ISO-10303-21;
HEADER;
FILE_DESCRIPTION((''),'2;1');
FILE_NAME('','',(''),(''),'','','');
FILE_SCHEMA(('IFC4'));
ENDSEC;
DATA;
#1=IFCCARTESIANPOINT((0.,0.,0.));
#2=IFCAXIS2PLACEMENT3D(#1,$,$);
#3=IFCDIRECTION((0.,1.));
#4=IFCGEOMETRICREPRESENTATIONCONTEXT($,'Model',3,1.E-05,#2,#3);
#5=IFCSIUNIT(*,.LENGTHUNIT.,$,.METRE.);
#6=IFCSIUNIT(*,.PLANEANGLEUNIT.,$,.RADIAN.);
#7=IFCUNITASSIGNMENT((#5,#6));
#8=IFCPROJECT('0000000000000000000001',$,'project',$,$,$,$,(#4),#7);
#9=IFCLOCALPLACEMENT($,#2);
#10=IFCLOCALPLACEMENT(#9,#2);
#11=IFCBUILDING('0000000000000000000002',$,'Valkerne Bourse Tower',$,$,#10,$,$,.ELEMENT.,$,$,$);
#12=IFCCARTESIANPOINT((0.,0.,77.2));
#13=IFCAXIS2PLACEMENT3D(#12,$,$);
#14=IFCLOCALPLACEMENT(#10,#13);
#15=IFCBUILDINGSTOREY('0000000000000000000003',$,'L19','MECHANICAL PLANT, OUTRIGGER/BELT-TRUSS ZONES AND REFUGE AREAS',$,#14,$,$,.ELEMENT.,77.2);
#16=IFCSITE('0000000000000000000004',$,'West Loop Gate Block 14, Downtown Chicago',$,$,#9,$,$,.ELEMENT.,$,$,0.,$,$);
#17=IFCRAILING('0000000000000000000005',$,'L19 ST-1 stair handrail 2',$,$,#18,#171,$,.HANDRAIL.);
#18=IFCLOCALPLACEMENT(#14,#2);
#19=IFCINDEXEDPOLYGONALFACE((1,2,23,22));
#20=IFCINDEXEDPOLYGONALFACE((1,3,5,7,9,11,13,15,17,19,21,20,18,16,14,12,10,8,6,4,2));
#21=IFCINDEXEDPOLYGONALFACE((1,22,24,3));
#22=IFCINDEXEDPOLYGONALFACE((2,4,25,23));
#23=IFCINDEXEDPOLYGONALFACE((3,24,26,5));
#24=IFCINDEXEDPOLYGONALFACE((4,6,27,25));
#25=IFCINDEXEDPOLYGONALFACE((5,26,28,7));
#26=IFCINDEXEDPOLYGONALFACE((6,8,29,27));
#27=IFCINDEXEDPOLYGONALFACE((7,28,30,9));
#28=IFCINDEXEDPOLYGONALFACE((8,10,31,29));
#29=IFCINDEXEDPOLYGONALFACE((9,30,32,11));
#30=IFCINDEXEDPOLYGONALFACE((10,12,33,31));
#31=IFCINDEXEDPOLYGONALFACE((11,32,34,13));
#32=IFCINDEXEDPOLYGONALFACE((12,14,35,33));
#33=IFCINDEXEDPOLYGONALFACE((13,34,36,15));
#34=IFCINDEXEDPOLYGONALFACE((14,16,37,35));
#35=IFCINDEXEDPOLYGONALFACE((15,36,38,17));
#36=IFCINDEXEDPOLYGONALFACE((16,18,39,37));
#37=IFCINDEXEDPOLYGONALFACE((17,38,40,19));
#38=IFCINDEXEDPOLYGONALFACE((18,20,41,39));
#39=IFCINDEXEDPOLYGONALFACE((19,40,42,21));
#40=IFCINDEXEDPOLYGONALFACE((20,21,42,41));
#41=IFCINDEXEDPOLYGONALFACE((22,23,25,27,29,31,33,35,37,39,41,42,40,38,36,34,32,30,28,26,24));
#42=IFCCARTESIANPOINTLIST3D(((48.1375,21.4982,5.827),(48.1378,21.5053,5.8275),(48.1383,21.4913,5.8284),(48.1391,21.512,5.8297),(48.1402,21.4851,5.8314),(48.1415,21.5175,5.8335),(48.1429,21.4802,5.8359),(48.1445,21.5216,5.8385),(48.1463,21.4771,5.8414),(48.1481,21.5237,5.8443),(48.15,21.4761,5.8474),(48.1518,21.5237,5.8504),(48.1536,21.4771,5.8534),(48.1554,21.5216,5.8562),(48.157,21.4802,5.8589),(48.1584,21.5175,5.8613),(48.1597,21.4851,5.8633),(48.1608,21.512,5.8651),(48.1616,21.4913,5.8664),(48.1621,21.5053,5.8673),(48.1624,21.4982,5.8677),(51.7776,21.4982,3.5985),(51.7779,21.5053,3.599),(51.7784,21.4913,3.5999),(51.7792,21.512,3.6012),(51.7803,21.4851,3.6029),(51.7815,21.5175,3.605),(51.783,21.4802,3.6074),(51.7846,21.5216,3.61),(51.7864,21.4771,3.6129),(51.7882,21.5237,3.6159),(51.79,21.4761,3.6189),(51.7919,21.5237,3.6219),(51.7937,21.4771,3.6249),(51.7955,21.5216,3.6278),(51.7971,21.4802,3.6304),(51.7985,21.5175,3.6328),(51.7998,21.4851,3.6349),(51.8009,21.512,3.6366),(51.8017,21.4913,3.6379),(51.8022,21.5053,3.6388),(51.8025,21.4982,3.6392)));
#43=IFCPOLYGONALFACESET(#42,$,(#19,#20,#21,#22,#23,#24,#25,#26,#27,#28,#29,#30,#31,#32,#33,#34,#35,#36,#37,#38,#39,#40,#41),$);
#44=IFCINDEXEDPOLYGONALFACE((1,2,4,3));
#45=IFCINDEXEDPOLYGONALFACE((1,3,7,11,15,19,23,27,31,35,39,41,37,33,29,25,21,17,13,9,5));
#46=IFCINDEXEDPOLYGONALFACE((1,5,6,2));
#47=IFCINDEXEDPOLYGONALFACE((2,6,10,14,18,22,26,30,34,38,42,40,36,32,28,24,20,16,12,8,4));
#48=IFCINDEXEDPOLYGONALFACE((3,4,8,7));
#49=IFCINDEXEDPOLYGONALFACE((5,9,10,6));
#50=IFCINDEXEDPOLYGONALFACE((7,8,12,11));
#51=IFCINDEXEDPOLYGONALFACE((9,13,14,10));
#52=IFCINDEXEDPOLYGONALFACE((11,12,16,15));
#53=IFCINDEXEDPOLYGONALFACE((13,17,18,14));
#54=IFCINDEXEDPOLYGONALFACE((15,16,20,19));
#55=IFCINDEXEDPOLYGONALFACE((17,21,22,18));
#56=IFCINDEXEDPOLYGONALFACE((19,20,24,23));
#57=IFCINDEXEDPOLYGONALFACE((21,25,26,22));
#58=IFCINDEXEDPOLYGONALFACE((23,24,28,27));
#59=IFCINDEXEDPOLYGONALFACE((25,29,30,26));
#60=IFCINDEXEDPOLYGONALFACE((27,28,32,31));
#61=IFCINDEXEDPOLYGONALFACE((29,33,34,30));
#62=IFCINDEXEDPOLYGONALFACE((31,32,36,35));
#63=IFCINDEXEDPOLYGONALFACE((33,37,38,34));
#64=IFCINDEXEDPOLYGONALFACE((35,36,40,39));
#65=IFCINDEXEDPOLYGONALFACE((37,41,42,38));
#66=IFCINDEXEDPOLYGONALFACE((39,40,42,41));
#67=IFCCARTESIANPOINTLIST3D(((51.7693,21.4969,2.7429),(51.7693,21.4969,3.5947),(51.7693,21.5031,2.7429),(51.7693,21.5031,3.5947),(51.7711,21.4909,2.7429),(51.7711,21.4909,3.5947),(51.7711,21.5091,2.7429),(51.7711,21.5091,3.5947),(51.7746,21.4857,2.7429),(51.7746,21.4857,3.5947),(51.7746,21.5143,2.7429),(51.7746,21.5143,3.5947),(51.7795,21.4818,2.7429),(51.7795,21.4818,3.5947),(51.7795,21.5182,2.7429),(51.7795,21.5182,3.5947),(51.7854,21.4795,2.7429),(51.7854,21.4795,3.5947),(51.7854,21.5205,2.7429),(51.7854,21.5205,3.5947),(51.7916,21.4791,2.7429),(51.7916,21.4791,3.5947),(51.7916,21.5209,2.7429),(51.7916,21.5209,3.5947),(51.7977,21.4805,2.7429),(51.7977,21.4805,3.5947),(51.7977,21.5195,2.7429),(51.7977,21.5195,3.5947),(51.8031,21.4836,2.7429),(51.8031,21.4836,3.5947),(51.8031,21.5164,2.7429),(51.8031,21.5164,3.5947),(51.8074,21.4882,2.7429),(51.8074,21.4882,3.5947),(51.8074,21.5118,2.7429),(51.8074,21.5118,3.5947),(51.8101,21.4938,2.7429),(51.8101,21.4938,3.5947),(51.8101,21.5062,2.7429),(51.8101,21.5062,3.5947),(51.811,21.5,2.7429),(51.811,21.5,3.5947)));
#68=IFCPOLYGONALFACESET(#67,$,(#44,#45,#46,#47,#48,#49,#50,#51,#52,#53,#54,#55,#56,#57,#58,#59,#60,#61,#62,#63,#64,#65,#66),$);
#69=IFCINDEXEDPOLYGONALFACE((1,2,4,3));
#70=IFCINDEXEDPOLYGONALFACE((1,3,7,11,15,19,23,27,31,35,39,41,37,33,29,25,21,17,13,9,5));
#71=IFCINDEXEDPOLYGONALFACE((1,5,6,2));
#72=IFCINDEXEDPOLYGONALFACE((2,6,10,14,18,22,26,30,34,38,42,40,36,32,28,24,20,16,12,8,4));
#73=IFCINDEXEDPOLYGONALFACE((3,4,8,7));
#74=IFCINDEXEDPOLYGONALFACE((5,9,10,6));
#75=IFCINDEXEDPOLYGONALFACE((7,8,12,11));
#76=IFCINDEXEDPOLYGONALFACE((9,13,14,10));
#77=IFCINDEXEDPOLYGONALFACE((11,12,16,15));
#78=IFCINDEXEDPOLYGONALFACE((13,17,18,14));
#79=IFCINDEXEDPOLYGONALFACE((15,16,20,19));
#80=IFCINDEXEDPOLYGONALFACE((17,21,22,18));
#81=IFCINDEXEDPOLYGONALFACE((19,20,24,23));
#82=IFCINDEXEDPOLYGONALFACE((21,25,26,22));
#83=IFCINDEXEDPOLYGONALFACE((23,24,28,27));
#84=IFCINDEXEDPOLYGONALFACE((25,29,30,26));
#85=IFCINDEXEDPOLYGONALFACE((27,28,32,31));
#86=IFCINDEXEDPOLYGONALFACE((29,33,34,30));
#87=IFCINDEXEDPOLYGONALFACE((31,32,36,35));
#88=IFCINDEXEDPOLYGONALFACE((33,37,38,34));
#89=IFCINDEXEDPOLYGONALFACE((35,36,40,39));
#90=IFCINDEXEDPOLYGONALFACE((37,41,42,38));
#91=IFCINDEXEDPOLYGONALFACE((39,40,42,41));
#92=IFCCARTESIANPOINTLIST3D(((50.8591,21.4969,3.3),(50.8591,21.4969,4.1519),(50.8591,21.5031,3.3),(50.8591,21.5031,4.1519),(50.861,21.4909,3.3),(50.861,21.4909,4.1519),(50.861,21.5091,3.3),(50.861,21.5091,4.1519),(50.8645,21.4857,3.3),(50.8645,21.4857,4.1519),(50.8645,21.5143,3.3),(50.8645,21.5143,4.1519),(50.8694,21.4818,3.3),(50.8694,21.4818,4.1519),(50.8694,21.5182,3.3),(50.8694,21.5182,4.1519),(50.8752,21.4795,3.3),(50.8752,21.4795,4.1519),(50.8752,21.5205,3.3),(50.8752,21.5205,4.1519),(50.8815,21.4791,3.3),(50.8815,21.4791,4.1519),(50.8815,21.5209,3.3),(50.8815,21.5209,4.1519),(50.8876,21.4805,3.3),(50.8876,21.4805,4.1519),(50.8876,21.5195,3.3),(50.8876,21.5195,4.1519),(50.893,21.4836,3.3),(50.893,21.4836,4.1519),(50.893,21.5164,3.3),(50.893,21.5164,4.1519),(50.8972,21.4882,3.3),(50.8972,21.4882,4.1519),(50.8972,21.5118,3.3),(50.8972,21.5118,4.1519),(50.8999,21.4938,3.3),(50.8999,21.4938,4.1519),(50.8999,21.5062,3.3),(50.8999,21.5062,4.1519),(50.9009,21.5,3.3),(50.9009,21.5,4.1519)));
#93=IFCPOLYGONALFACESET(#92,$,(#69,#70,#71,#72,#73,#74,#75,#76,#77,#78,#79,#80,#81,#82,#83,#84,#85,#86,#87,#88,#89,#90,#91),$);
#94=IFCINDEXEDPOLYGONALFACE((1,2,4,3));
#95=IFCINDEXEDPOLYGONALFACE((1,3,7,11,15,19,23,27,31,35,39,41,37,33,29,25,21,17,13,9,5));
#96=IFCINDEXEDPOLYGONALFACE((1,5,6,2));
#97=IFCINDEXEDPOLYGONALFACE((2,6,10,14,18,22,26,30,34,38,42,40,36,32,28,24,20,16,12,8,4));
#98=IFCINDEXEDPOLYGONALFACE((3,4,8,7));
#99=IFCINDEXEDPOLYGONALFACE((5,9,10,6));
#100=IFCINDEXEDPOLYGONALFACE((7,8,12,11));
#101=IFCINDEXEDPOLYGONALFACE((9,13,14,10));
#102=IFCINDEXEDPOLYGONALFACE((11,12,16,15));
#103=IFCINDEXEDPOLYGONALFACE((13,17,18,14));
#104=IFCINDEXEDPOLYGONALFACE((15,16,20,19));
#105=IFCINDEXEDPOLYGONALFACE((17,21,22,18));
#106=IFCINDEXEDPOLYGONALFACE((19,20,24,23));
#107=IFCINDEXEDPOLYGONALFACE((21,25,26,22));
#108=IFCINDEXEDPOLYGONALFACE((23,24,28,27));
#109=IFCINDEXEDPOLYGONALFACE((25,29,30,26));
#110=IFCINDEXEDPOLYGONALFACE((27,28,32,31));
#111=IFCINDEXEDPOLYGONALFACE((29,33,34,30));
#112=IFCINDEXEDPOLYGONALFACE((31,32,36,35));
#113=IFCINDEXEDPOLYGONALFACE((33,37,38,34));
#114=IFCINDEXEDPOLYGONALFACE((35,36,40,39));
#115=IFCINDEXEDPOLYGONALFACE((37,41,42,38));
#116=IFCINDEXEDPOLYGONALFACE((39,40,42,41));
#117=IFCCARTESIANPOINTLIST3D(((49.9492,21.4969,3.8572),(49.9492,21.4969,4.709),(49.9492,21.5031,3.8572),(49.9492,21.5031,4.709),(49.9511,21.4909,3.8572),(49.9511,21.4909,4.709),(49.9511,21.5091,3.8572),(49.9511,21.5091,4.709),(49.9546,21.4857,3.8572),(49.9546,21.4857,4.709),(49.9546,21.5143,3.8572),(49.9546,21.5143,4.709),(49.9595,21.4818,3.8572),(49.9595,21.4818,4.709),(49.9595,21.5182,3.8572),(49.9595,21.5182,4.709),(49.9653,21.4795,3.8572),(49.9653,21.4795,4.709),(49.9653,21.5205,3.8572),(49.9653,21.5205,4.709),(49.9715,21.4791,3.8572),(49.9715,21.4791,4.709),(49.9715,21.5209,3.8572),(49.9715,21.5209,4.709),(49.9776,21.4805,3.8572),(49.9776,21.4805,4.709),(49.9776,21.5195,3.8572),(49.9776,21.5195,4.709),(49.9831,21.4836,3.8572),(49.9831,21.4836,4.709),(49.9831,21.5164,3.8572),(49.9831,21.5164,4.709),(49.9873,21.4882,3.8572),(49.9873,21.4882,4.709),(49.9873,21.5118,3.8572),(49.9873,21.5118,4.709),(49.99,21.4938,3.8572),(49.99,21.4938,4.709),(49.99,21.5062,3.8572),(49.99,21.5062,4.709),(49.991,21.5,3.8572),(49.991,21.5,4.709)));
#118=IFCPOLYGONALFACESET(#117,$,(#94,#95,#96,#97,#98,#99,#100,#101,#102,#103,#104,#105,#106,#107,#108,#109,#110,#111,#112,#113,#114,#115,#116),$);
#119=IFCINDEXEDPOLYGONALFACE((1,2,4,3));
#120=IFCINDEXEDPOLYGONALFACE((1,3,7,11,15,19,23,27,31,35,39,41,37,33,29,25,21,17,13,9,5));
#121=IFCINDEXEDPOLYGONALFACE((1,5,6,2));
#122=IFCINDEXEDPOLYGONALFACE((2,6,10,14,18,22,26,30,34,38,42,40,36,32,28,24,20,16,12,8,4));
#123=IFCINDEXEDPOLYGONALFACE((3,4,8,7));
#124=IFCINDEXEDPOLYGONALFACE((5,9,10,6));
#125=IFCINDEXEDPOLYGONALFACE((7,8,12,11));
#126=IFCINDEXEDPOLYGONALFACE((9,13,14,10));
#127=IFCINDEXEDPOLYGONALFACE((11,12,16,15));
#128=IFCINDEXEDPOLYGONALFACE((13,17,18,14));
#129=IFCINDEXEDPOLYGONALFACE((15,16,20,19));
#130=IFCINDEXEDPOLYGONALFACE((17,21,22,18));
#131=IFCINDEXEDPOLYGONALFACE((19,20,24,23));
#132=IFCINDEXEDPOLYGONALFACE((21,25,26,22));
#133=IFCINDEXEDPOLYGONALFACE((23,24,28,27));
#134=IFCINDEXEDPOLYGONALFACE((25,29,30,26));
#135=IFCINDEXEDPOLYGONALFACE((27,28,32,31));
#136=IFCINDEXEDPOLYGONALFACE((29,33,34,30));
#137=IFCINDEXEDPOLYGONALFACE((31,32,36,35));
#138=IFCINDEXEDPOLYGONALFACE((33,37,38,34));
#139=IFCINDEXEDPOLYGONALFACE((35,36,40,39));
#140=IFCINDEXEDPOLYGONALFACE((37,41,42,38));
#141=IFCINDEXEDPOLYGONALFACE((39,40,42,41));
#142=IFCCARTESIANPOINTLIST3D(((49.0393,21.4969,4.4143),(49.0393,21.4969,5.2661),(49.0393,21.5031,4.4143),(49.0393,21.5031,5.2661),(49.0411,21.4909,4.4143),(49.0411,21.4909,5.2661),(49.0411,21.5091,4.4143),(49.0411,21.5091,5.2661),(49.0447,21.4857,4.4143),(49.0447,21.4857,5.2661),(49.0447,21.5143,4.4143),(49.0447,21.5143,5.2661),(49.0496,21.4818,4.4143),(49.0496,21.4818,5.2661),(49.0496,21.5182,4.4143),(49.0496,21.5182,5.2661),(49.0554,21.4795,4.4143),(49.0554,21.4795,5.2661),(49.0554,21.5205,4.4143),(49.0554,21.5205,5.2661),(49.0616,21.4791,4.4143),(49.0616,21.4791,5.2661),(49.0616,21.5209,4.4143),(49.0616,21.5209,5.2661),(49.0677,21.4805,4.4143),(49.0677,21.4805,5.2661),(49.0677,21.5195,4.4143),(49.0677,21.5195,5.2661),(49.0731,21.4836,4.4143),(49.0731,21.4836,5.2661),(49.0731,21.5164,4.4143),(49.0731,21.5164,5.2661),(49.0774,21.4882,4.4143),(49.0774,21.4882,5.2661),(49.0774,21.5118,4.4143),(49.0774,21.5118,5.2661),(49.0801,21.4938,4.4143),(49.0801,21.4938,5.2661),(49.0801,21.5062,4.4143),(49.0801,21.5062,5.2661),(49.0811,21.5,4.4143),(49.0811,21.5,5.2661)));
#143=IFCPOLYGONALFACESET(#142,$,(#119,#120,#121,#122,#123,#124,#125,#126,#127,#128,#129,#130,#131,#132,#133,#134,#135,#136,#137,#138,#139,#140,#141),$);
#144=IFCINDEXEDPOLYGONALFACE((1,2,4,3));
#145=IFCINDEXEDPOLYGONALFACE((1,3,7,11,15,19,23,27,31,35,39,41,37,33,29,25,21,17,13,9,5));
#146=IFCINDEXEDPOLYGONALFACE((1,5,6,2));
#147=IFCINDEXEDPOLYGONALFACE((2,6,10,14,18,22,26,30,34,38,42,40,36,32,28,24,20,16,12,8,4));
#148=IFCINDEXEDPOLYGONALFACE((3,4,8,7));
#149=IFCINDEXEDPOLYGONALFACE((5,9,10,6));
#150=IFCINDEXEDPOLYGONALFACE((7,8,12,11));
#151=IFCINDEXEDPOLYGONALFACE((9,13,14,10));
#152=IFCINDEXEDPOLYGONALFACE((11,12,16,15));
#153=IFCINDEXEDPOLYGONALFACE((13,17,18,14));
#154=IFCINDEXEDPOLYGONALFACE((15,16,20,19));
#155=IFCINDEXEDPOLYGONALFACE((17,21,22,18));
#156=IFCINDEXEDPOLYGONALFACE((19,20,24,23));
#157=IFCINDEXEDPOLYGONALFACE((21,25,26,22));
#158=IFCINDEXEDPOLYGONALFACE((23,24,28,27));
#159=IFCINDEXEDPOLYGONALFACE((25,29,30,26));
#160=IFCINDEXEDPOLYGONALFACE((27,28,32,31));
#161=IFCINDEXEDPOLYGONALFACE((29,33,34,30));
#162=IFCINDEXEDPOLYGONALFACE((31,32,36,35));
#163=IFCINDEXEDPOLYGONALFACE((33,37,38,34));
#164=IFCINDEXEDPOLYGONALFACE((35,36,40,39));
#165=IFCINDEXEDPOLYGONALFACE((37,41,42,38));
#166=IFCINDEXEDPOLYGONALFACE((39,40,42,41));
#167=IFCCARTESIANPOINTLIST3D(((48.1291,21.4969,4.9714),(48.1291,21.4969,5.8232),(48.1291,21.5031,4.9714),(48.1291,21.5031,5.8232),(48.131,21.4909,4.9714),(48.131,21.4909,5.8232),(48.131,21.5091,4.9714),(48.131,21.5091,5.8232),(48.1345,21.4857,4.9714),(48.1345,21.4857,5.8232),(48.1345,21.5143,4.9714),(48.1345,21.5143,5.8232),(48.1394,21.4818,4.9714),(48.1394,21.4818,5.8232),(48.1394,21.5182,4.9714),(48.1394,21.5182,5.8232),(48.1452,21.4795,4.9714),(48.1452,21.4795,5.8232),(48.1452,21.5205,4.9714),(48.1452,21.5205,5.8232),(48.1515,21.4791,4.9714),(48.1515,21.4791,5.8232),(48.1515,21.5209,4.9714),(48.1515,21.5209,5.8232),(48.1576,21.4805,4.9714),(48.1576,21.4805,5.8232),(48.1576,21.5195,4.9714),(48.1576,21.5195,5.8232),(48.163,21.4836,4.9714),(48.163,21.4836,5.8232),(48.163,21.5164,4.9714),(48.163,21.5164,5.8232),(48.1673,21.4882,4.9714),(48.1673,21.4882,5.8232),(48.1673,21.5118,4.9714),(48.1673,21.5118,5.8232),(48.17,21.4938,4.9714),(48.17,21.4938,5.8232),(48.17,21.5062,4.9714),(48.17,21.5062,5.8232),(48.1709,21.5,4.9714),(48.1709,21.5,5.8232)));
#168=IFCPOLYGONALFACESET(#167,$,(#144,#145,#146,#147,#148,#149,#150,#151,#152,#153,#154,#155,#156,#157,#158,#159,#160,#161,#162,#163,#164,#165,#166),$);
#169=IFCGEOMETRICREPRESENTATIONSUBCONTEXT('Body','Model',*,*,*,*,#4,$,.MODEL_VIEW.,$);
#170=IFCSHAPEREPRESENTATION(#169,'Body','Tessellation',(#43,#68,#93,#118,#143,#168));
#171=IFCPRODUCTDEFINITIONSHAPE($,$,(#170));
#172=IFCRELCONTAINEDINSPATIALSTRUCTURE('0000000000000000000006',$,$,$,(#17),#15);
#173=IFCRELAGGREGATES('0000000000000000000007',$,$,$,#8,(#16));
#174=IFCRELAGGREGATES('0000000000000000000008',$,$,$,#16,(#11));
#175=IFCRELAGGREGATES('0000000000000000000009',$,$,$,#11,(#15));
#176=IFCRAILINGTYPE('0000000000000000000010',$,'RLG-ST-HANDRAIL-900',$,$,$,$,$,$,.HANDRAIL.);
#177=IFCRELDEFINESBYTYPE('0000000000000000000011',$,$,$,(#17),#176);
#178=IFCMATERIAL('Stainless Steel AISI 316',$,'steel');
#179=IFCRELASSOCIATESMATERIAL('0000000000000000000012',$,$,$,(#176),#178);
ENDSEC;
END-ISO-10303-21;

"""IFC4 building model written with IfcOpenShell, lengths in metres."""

from ifc_helpers import new_model, si_unit, direction, frame, origin, origin_2d, place, context, subcontext, project, spatial, circle, extrude, material, type_object, element, save


model = new_model("IFC4")

# Units and contexts
model_context = context("Model", 3, precision=1e-05, world=origin(), true_north=direction((0.0, 1.0)))
body_context = subcontext(model_context, "Body", "Model", "MODEL_VIEW")
ifc_project = project(units=[si_unit("LENGTHUNIT", "METRE"), si_unit("PLANEANGLEUNIT", "RADIAN")], contexts=[model_context])

# Site, building, storey
site_placement = place(None, origin())
site = spatial("IfcSite", under=ifc_project, at=site_placement, Name="West Loop Gate Block 14, Downtown Chicago", CompositionType="ELEMENT", RefElevation=0.0)
building_placement = place(site_placement, origin())
building = spatial("IfcBuilding", under=site, at=building_placement, Name="Valkerne Bourse Tower", CompositionType="ELEMENT")
storey_placement = place(building_placement, frame((0.0, 0.0, 77.2)))
storey = spatial("IfcBuildingStorey", under=building, at=storey_placement, Name="L19", Description="MECHANICAL PLANT, OUTRIGGER/BELT-TRUSS ZONES AND REFUGE AREAS", CompositionType="ELEMENT", Elevation=77.2)

# Shared definitions
ifc_material_1 = material(Name="Stainless Steel AISI 316", Category="steel")

# Railing
railing_type_1 = type_object("IfcRailingType", Name="RLG-ST-HANDRAIL-900", PredefinedType="HANDRAIL", material=ifc_material_1)
railing_1_placement = place(storey_placement, frame((51.79, 21.5, 2.7429)))
element("IfcRailing", 1, at=railing_1_placement, inside=storey, type_object=railing_type_1, Name="L19 ST-1 stair handrail 2", PredefinedType="HANDRAIL", context=body_context, shape_type="SweptSolid", body=[
    extrude(circle(Radius=0.0239, at=origin_2d()), frame((0.0, 0.0, 0.876), z_axis=(-0.852866, 0.0, 0.52213), x_axis=(0.0, -1.0, 0.0)), (0.0, 0.0, 1.0), 4.2681),
    extrude(circle(Radius=0.021, at=origin_2d()), origin(), (0.0, 0.0, 1.0), 0.8518),
    extrude(circle(Radius=0.021, at=origin_2d()), frame((-0.9102, 0.0, 0.5571)), (0.0, 0.0, 1.0), 0.8518),
    extrude(circle(Radius=0.021, at=origin_2d()), frame((-1.8201, 0.0, 1.1143)), (0.0, 0.0, 1.0), 0.8518),
    extrude(circle(Radius=0.021, at=origin_2d()), frame((-2.73, 0.0, 1.6714)), (0.0, 0.0, 1.0), 0.8518),
    extrude(circle(Radius=0.021, at=origin_2d()), frame((-3.6401, 0.0, 2.2285)), (0.0, 0.0, 1.0), 0.8518),
])

save(model, "model.ifc")
